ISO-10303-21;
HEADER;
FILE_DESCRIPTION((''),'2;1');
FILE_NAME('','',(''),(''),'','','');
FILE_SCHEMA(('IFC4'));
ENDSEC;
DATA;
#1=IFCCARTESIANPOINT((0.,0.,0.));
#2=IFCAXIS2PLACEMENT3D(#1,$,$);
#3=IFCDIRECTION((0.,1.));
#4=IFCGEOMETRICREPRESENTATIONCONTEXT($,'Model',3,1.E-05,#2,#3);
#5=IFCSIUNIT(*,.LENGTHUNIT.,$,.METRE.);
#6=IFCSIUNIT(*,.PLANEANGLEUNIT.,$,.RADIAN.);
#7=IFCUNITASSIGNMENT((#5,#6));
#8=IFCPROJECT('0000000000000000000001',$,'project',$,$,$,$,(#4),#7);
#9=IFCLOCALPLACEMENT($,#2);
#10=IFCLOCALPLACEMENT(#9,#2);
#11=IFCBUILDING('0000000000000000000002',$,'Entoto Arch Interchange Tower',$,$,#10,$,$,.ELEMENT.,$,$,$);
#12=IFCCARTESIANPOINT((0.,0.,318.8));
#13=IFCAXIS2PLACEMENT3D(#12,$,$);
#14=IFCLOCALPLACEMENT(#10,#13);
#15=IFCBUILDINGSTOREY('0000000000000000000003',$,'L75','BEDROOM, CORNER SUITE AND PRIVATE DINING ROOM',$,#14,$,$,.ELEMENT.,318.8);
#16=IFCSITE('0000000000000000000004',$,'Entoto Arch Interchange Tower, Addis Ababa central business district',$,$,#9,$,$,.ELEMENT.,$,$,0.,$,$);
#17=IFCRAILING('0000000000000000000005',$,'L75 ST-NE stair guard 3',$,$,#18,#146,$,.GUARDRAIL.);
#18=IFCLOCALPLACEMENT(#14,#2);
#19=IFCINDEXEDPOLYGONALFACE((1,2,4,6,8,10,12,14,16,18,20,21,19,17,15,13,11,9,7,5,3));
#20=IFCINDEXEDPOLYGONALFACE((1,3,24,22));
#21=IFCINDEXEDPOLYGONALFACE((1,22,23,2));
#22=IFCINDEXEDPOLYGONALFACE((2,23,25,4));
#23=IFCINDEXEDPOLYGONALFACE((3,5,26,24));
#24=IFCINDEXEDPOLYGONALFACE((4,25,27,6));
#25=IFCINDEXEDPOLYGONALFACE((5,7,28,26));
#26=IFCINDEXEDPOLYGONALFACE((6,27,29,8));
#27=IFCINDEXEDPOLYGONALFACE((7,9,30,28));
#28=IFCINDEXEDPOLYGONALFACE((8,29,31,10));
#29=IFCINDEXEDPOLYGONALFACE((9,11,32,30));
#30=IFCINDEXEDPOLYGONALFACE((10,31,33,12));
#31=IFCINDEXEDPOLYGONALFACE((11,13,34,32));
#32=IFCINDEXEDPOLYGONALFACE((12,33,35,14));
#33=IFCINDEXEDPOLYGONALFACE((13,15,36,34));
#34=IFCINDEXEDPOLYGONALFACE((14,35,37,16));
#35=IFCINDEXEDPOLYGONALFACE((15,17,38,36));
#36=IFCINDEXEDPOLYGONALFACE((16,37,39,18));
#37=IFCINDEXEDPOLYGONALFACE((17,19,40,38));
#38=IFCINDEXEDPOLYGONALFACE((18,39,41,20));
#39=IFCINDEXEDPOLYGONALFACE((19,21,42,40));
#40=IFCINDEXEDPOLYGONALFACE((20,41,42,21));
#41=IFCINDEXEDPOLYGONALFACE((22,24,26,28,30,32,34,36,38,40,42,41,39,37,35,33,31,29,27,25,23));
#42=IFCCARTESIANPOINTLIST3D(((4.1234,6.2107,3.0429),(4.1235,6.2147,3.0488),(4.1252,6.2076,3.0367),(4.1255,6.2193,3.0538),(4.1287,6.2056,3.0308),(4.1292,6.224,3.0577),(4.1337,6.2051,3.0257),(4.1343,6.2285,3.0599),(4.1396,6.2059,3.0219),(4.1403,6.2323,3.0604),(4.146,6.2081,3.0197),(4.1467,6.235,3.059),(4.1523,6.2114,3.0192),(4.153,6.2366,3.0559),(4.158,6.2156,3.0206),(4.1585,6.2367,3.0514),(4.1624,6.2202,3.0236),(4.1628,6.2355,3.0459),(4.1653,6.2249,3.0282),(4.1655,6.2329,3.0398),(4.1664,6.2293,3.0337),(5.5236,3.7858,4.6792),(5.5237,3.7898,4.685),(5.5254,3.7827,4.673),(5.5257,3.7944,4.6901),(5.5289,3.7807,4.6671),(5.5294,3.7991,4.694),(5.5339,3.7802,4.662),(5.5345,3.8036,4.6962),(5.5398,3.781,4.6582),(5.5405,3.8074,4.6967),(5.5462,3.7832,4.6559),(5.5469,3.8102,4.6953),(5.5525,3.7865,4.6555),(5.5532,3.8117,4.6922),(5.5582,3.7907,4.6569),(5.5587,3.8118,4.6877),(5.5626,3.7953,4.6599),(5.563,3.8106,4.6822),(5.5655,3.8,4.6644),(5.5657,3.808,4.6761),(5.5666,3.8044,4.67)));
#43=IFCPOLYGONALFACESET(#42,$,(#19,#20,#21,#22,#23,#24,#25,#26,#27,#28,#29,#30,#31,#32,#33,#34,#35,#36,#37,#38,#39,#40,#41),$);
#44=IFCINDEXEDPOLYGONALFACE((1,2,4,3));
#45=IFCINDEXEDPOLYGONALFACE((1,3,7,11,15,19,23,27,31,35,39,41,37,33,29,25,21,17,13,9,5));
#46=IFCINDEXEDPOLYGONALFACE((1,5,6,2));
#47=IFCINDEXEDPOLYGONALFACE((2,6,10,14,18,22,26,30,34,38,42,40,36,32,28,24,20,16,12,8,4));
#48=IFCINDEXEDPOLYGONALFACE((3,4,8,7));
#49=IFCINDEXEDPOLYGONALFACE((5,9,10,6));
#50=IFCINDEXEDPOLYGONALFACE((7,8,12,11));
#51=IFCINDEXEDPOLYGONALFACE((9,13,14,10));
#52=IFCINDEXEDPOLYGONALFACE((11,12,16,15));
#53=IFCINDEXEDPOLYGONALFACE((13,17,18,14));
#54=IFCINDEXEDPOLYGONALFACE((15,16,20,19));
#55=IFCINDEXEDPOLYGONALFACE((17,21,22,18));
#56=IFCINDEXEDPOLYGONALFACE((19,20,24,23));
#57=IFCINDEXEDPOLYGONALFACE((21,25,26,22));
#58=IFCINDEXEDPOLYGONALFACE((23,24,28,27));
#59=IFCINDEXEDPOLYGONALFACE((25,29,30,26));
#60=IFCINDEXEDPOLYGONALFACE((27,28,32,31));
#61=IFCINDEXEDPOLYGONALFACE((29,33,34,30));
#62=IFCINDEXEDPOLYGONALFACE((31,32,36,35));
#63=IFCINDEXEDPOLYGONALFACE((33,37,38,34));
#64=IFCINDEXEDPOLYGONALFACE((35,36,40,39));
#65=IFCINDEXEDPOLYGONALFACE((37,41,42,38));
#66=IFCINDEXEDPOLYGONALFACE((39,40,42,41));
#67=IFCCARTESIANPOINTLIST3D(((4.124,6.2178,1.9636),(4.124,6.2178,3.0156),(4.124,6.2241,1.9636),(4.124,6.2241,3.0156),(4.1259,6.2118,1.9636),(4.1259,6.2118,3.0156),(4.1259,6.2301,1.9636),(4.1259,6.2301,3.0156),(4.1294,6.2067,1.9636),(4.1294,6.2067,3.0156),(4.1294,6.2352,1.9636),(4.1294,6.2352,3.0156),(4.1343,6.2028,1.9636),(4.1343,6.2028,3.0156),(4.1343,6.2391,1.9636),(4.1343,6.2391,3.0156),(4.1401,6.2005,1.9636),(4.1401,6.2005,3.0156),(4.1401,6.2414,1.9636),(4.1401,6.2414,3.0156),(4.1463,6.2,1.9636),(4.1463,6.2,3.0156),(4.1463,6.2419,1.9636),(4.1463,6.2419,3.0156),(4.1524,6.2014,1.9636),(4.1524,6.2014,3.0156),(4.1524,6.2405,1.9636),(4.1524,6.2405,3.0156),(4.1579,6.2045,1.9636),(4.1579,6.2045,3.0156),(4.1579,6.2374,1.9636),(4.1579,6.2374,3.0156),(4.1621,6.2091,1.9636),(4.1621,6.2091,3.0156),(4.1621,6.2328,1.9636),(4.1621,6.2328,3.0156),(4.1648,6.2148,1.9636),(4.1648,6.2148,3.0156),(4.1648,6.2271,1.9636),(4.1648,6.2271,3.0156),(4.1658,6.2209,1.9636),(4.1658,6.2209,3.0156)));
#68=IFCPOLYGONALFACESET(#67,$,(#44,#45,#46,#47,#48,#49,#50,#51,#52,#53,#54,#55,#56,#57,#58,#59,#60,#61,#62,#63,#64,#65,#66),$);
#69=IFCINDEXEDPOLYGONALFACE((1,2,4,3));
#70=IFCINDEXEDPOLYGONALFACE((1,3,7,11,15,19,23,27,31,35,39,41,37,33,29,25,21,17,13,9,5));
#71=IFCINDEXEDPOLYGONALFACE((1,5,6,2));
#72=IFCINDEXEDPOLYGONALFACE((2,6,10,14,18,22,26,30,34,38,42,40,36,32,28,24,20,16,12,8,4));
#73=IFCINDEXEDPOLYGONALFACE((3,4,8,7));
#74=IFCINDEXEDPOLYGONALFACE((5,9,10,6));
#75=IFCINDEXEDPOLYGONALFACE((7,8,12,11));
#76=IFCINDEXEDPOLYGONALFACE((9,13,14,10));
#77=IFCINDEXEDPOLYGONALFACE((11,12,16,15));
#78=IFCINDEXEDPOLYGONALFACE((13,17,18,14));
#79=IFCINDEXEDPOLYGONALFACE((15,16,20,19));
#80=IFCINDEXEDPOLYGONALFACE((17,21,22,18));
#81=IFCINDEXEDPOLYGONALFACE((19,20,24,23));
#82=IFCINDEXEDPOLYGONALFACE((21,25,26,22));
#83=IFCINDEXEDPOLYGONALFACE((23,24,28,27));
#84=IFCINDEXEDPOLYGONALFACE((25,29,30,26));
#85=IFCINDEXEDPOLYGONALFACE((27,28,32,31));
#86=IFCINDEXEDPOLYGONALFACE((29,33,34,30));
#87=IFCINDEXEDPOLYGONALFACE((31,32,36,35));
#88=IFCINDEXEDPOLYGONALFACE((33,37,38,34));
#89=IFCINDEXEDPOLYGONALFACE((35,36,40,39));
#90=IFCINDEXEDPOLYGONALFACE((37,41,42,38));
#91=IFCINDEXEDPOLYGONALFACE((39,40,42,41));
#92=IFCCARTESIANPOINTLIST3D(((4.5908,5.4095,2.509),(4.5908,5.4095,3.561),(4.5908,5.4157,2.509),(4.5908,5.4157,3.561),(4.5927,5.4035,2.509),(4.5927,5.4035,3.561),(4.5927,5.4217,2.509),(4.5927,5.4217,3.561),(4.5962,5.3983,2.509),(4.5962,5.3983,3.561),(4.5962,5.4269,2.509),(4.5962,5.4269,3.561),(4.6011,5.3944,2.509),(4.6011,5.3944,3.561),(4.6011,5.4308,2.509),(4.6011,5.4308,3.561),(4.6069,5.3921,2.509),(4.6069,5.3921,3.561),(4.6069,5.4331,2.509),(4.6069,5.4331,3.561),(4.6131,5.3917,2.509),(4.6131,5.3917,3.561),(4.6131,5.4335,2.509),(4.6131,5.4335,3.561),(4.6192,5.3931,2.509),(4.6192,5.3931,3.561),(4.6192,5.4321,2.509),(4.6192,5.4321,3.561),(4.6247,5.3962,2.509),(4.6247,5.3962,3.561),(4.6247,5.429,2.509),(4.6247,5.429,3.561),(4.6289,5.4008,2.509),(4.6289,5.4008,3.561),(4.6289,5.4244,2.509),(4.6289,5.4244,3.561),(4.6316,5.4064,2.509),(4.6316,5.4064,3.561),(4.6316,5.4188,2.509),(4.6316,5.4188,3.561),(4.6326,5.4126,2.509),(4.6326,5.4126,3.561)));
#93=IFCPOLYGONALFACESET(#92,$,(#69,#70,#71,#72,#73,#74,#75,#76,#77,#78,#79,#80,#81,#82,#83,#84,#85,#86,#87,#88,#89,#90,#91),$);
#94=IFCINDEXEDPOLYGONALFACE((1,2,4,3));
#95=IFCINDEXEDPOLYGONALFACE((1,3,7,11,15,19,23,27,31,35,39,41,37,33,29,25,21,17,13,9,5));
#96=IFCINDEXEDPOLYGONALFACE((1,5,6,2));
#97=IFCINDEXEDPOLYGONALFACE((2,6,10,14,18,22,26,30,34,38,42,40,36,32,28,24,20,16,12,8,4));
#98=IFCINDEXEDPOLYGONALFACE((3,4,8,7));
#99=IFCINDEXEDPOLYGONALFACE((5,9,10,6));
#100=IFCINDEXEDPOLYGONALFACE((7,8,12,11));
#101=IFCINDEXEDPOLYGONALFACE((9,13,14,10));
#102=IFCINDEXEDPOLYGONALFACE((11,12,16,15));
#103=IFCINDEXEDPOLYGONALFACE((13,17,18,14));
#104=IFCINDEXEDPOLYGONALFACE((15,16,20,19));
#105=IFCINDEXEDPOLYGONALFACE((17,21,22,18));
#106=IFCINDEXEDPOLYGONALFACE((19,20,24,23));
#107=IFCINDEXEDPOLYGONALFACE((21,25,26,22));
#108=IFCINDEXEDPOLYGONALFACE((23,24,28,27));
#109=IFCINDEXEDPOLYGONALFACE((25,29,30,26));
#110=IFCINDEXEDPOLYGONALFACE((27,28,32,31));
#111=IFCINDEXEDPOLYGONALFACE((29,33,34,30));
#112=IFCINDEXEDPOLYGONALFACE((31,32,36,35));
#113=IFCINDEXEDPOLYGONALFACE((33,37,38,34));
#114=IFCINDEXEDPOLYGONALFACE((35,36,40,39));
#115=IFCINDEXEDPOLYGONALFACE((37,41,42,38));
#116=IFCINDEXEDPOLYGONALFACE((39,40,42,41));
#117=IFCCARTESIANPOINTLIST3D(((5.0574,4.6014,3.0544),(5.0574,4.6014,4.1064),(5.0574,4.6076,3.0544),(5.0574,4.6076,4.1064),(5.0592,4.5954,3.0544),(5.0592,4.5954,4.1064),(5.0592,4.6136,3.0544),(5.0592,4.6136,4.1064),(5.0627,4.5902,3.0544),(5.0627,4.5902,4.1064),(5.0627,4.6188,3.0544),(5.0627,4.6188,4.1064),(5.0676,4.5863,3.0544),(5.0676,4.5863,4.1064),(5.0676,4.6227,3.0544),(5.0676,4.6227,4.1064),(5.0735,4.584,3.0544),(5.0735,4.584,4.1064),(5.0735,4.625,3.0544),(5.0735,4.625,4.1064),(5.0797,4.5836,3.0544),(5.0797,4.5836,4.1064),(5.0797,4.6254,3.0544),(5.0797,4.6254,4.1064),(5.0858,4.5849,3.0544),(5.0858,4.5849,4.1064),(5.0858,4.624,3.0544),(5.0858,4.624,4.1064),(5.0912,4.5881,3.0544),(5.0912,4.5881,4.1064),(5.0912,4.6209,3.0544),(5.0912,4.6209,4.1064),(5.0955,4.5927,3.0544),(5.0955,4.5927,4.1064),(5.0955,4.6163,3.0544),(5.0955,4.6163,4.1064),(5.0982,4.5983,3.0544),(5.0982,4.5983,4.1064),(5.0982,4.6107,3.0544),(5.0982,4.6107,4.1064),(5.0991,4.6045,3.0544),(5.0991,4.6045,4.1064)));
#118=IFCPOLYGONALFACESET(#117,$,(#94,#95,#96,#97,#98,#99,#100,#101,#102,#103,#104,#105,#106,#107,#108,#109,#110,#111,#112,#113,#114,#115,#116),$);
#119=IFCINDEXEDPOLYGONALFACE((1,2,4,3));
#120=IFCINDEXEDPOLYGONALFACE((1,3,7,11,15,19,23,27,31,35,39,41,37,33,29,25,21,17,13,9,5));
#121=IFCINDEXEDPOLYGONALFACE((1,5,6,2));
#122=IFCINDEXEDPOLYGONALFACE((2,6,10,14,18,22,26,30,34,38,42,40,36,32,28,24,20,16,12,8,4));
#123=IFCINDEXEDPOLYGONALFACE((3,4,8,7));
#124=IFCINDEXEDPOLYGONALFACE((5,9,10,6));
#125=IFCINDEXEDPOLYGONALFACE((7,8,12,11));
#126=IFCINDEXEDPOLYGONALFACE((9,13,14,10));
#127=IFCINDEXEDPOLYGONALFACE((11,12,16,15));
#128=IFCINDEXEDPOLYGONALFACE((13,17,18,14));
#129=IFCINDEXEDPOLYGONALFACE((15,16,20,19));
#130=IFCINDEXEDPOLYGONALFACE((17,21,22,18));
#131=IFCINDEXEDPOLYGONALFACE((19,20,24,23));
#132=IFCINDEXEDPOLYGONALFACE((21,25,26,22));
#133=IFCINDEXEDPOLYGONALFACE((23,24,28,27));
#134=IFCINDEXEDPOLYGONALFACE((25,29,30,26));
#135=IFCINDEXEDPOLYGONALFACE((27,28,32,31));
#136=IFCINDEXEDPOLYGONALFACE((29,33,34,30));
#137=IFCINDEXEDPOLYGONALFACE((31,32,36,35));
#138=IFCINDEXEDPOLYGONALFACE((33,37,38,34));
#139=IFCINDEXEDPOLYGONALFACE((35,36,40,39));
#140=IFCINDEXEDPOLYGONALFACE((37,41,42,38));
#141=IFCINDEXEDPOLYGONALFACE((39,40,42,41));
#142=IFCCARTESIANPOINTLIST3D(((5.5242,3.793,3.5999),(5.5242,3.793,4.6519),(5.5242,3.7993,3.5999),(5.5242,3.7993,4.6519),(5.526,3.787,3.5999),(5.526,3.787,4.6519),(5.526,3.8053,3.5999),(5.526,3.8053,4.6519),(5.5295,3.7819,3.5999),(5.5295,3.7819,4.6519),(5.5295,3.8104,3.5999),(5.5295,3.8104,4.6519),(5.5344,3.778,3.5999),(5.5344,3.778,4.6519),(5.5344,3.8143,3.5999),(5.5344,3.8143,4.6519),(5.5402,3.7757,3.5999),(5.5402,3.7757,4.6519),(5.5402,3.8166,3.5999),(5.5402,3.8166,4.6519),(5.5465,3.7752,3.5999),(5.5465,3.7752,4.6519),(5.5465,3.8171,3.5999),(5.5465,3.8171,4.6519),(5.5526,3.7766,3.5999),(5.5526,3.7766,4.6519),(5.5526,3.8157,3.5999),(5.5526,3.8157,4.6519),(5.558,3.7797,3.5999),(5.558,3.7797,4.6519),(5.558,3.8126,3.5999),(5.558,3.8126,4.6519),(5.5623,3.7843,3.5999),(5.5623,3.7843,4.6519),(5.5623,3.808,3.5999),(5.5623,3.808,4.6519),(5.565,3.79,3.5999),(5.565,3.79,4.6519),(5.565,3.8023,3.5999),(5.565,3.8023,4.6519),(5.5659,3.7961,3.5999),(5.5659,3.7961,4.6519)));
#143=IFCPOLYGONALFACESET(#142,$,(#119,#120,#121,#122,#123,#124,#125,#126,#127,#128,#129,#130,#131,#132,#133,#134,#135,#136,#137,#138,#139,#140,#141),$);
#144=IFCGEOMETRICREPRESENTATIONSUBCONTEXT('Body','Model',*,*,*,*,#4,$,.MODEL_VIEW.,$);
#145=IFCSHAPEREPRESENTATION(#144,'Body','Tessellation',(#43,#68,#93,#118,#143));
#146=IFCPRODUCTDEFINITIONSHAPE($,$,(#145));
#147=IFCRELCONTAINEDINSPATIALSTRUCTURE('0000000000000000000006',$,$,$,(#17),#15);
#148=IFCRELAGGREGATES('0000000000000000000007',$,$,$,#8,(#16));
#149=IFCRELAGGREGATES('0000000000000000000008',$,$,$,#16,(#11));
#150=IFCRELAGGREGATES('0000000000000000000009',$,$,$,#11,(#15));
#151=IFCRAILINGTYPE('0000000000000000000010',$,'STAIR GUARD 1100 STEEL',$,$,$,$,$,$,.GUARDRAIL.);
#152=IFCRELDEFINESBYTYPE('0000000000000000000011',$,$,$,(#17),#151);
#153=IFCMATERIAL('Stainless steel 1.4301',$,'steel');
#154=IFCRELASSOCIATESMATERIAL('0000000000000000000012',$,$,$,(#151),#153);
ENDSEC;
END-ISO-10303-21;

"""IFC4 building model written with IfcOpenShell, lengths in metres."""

from ifc_helpers import new_model, si_unit, direction, frame, origin, origin_2d, place, context, subcontext, project, spatial, circle, extrude, material, type_object, element, save


model = new_model("IFC4")

# Units and contexts
model_context = context("Model", 3, precision=1e-05, world=origin(), true_north=direction((0.0, 1.0)))
body_context = subcontext(model_context, "Body", "Model", "MODEL_VIEW")
ifc_project = project(units=[si_unit("LENGTHUNIT", "METRE"), si_unit("PLANEANGLEUNIT", "RADIAN")], contexts=[model_context])

# Site, building, storey
site_placement = place(None, origin())
site = spatial("IfcSite", under=ifc_project, at=site_placement, Name="Entoto Arch Interchange Tower, Addis Ababa central business district", CompositionType="ELEMENT", RefElevation=0.0)
building_placement = place(site_placement, origin())
building = spatial("IfcBuilding", under=site, at=building_placement, Name="Entoto Arch Interchange Tower", CompositionType="ELEMENT")
storey_placement = place(building_placement, frame((0.0, 0.0, 318.8)))
storey = spatial("IfcBuildingStorey", under=building, at=storey_placement, Name="L75", Description="BEDROOM, CORNER SUITE AND PRIVATE DINING ROOM", CompositionType="ELEMENT", Elevation=318.8)

# Railing
ifc_material_1 = material(Name="Stainless steel 1.4301", Category="steel")
railing_type_1 = type_object("IfcRailingType", Name="STAIR GUARD 1100 STEEL", PredefinedType="GUARDRAIL", material=ifc_material_1)
railing_1_placement = place(storey_placement, frame((4.1448, 6.2209, 1.9636)))
element("IfcRailing", 1, at=railing_1_placement, inside=storey, type_object=railing_type_1, Name="L75 ST-NE stair guard 3", PredefinedType="GUARDRAIL", context=body_context, shape_type="SweptSolid", body=[
    extrude(circle(Radius=0.0239, at=origin_2d()), frame((0.0, 0.0, 1.0762), z_axis=(0.431738, -0.747694, 0.504535), x_axis=(0.865997, 0.50005, 0.0)), (0.0, 0.0, 1.0), 3.2432),
    extrude(circle(Radius=0.021, at=origin_2d()), origin(), (0.0, 0.0, 1.0), 1.052),
    extrude(circle(Radius=0.021, at=origin_2d()), frame((0.4668, -0.8083, 0.5454)), (0.0, 0.0, 1.0), 1.052),
    extrude(circle(Radius=0.021, at=origin_2d()), frame((0.9333, -1.6165, 1.0908)), (0.0, 0.0, 1.0), 1.052),
    extrude(circle(Radius=0.021, at=origin_2d()), frame((1.4001, -2.4248, 1.6362)), (0.0, 0.0, 1.0), 1.052),
])

save(model, "model.ifc")
